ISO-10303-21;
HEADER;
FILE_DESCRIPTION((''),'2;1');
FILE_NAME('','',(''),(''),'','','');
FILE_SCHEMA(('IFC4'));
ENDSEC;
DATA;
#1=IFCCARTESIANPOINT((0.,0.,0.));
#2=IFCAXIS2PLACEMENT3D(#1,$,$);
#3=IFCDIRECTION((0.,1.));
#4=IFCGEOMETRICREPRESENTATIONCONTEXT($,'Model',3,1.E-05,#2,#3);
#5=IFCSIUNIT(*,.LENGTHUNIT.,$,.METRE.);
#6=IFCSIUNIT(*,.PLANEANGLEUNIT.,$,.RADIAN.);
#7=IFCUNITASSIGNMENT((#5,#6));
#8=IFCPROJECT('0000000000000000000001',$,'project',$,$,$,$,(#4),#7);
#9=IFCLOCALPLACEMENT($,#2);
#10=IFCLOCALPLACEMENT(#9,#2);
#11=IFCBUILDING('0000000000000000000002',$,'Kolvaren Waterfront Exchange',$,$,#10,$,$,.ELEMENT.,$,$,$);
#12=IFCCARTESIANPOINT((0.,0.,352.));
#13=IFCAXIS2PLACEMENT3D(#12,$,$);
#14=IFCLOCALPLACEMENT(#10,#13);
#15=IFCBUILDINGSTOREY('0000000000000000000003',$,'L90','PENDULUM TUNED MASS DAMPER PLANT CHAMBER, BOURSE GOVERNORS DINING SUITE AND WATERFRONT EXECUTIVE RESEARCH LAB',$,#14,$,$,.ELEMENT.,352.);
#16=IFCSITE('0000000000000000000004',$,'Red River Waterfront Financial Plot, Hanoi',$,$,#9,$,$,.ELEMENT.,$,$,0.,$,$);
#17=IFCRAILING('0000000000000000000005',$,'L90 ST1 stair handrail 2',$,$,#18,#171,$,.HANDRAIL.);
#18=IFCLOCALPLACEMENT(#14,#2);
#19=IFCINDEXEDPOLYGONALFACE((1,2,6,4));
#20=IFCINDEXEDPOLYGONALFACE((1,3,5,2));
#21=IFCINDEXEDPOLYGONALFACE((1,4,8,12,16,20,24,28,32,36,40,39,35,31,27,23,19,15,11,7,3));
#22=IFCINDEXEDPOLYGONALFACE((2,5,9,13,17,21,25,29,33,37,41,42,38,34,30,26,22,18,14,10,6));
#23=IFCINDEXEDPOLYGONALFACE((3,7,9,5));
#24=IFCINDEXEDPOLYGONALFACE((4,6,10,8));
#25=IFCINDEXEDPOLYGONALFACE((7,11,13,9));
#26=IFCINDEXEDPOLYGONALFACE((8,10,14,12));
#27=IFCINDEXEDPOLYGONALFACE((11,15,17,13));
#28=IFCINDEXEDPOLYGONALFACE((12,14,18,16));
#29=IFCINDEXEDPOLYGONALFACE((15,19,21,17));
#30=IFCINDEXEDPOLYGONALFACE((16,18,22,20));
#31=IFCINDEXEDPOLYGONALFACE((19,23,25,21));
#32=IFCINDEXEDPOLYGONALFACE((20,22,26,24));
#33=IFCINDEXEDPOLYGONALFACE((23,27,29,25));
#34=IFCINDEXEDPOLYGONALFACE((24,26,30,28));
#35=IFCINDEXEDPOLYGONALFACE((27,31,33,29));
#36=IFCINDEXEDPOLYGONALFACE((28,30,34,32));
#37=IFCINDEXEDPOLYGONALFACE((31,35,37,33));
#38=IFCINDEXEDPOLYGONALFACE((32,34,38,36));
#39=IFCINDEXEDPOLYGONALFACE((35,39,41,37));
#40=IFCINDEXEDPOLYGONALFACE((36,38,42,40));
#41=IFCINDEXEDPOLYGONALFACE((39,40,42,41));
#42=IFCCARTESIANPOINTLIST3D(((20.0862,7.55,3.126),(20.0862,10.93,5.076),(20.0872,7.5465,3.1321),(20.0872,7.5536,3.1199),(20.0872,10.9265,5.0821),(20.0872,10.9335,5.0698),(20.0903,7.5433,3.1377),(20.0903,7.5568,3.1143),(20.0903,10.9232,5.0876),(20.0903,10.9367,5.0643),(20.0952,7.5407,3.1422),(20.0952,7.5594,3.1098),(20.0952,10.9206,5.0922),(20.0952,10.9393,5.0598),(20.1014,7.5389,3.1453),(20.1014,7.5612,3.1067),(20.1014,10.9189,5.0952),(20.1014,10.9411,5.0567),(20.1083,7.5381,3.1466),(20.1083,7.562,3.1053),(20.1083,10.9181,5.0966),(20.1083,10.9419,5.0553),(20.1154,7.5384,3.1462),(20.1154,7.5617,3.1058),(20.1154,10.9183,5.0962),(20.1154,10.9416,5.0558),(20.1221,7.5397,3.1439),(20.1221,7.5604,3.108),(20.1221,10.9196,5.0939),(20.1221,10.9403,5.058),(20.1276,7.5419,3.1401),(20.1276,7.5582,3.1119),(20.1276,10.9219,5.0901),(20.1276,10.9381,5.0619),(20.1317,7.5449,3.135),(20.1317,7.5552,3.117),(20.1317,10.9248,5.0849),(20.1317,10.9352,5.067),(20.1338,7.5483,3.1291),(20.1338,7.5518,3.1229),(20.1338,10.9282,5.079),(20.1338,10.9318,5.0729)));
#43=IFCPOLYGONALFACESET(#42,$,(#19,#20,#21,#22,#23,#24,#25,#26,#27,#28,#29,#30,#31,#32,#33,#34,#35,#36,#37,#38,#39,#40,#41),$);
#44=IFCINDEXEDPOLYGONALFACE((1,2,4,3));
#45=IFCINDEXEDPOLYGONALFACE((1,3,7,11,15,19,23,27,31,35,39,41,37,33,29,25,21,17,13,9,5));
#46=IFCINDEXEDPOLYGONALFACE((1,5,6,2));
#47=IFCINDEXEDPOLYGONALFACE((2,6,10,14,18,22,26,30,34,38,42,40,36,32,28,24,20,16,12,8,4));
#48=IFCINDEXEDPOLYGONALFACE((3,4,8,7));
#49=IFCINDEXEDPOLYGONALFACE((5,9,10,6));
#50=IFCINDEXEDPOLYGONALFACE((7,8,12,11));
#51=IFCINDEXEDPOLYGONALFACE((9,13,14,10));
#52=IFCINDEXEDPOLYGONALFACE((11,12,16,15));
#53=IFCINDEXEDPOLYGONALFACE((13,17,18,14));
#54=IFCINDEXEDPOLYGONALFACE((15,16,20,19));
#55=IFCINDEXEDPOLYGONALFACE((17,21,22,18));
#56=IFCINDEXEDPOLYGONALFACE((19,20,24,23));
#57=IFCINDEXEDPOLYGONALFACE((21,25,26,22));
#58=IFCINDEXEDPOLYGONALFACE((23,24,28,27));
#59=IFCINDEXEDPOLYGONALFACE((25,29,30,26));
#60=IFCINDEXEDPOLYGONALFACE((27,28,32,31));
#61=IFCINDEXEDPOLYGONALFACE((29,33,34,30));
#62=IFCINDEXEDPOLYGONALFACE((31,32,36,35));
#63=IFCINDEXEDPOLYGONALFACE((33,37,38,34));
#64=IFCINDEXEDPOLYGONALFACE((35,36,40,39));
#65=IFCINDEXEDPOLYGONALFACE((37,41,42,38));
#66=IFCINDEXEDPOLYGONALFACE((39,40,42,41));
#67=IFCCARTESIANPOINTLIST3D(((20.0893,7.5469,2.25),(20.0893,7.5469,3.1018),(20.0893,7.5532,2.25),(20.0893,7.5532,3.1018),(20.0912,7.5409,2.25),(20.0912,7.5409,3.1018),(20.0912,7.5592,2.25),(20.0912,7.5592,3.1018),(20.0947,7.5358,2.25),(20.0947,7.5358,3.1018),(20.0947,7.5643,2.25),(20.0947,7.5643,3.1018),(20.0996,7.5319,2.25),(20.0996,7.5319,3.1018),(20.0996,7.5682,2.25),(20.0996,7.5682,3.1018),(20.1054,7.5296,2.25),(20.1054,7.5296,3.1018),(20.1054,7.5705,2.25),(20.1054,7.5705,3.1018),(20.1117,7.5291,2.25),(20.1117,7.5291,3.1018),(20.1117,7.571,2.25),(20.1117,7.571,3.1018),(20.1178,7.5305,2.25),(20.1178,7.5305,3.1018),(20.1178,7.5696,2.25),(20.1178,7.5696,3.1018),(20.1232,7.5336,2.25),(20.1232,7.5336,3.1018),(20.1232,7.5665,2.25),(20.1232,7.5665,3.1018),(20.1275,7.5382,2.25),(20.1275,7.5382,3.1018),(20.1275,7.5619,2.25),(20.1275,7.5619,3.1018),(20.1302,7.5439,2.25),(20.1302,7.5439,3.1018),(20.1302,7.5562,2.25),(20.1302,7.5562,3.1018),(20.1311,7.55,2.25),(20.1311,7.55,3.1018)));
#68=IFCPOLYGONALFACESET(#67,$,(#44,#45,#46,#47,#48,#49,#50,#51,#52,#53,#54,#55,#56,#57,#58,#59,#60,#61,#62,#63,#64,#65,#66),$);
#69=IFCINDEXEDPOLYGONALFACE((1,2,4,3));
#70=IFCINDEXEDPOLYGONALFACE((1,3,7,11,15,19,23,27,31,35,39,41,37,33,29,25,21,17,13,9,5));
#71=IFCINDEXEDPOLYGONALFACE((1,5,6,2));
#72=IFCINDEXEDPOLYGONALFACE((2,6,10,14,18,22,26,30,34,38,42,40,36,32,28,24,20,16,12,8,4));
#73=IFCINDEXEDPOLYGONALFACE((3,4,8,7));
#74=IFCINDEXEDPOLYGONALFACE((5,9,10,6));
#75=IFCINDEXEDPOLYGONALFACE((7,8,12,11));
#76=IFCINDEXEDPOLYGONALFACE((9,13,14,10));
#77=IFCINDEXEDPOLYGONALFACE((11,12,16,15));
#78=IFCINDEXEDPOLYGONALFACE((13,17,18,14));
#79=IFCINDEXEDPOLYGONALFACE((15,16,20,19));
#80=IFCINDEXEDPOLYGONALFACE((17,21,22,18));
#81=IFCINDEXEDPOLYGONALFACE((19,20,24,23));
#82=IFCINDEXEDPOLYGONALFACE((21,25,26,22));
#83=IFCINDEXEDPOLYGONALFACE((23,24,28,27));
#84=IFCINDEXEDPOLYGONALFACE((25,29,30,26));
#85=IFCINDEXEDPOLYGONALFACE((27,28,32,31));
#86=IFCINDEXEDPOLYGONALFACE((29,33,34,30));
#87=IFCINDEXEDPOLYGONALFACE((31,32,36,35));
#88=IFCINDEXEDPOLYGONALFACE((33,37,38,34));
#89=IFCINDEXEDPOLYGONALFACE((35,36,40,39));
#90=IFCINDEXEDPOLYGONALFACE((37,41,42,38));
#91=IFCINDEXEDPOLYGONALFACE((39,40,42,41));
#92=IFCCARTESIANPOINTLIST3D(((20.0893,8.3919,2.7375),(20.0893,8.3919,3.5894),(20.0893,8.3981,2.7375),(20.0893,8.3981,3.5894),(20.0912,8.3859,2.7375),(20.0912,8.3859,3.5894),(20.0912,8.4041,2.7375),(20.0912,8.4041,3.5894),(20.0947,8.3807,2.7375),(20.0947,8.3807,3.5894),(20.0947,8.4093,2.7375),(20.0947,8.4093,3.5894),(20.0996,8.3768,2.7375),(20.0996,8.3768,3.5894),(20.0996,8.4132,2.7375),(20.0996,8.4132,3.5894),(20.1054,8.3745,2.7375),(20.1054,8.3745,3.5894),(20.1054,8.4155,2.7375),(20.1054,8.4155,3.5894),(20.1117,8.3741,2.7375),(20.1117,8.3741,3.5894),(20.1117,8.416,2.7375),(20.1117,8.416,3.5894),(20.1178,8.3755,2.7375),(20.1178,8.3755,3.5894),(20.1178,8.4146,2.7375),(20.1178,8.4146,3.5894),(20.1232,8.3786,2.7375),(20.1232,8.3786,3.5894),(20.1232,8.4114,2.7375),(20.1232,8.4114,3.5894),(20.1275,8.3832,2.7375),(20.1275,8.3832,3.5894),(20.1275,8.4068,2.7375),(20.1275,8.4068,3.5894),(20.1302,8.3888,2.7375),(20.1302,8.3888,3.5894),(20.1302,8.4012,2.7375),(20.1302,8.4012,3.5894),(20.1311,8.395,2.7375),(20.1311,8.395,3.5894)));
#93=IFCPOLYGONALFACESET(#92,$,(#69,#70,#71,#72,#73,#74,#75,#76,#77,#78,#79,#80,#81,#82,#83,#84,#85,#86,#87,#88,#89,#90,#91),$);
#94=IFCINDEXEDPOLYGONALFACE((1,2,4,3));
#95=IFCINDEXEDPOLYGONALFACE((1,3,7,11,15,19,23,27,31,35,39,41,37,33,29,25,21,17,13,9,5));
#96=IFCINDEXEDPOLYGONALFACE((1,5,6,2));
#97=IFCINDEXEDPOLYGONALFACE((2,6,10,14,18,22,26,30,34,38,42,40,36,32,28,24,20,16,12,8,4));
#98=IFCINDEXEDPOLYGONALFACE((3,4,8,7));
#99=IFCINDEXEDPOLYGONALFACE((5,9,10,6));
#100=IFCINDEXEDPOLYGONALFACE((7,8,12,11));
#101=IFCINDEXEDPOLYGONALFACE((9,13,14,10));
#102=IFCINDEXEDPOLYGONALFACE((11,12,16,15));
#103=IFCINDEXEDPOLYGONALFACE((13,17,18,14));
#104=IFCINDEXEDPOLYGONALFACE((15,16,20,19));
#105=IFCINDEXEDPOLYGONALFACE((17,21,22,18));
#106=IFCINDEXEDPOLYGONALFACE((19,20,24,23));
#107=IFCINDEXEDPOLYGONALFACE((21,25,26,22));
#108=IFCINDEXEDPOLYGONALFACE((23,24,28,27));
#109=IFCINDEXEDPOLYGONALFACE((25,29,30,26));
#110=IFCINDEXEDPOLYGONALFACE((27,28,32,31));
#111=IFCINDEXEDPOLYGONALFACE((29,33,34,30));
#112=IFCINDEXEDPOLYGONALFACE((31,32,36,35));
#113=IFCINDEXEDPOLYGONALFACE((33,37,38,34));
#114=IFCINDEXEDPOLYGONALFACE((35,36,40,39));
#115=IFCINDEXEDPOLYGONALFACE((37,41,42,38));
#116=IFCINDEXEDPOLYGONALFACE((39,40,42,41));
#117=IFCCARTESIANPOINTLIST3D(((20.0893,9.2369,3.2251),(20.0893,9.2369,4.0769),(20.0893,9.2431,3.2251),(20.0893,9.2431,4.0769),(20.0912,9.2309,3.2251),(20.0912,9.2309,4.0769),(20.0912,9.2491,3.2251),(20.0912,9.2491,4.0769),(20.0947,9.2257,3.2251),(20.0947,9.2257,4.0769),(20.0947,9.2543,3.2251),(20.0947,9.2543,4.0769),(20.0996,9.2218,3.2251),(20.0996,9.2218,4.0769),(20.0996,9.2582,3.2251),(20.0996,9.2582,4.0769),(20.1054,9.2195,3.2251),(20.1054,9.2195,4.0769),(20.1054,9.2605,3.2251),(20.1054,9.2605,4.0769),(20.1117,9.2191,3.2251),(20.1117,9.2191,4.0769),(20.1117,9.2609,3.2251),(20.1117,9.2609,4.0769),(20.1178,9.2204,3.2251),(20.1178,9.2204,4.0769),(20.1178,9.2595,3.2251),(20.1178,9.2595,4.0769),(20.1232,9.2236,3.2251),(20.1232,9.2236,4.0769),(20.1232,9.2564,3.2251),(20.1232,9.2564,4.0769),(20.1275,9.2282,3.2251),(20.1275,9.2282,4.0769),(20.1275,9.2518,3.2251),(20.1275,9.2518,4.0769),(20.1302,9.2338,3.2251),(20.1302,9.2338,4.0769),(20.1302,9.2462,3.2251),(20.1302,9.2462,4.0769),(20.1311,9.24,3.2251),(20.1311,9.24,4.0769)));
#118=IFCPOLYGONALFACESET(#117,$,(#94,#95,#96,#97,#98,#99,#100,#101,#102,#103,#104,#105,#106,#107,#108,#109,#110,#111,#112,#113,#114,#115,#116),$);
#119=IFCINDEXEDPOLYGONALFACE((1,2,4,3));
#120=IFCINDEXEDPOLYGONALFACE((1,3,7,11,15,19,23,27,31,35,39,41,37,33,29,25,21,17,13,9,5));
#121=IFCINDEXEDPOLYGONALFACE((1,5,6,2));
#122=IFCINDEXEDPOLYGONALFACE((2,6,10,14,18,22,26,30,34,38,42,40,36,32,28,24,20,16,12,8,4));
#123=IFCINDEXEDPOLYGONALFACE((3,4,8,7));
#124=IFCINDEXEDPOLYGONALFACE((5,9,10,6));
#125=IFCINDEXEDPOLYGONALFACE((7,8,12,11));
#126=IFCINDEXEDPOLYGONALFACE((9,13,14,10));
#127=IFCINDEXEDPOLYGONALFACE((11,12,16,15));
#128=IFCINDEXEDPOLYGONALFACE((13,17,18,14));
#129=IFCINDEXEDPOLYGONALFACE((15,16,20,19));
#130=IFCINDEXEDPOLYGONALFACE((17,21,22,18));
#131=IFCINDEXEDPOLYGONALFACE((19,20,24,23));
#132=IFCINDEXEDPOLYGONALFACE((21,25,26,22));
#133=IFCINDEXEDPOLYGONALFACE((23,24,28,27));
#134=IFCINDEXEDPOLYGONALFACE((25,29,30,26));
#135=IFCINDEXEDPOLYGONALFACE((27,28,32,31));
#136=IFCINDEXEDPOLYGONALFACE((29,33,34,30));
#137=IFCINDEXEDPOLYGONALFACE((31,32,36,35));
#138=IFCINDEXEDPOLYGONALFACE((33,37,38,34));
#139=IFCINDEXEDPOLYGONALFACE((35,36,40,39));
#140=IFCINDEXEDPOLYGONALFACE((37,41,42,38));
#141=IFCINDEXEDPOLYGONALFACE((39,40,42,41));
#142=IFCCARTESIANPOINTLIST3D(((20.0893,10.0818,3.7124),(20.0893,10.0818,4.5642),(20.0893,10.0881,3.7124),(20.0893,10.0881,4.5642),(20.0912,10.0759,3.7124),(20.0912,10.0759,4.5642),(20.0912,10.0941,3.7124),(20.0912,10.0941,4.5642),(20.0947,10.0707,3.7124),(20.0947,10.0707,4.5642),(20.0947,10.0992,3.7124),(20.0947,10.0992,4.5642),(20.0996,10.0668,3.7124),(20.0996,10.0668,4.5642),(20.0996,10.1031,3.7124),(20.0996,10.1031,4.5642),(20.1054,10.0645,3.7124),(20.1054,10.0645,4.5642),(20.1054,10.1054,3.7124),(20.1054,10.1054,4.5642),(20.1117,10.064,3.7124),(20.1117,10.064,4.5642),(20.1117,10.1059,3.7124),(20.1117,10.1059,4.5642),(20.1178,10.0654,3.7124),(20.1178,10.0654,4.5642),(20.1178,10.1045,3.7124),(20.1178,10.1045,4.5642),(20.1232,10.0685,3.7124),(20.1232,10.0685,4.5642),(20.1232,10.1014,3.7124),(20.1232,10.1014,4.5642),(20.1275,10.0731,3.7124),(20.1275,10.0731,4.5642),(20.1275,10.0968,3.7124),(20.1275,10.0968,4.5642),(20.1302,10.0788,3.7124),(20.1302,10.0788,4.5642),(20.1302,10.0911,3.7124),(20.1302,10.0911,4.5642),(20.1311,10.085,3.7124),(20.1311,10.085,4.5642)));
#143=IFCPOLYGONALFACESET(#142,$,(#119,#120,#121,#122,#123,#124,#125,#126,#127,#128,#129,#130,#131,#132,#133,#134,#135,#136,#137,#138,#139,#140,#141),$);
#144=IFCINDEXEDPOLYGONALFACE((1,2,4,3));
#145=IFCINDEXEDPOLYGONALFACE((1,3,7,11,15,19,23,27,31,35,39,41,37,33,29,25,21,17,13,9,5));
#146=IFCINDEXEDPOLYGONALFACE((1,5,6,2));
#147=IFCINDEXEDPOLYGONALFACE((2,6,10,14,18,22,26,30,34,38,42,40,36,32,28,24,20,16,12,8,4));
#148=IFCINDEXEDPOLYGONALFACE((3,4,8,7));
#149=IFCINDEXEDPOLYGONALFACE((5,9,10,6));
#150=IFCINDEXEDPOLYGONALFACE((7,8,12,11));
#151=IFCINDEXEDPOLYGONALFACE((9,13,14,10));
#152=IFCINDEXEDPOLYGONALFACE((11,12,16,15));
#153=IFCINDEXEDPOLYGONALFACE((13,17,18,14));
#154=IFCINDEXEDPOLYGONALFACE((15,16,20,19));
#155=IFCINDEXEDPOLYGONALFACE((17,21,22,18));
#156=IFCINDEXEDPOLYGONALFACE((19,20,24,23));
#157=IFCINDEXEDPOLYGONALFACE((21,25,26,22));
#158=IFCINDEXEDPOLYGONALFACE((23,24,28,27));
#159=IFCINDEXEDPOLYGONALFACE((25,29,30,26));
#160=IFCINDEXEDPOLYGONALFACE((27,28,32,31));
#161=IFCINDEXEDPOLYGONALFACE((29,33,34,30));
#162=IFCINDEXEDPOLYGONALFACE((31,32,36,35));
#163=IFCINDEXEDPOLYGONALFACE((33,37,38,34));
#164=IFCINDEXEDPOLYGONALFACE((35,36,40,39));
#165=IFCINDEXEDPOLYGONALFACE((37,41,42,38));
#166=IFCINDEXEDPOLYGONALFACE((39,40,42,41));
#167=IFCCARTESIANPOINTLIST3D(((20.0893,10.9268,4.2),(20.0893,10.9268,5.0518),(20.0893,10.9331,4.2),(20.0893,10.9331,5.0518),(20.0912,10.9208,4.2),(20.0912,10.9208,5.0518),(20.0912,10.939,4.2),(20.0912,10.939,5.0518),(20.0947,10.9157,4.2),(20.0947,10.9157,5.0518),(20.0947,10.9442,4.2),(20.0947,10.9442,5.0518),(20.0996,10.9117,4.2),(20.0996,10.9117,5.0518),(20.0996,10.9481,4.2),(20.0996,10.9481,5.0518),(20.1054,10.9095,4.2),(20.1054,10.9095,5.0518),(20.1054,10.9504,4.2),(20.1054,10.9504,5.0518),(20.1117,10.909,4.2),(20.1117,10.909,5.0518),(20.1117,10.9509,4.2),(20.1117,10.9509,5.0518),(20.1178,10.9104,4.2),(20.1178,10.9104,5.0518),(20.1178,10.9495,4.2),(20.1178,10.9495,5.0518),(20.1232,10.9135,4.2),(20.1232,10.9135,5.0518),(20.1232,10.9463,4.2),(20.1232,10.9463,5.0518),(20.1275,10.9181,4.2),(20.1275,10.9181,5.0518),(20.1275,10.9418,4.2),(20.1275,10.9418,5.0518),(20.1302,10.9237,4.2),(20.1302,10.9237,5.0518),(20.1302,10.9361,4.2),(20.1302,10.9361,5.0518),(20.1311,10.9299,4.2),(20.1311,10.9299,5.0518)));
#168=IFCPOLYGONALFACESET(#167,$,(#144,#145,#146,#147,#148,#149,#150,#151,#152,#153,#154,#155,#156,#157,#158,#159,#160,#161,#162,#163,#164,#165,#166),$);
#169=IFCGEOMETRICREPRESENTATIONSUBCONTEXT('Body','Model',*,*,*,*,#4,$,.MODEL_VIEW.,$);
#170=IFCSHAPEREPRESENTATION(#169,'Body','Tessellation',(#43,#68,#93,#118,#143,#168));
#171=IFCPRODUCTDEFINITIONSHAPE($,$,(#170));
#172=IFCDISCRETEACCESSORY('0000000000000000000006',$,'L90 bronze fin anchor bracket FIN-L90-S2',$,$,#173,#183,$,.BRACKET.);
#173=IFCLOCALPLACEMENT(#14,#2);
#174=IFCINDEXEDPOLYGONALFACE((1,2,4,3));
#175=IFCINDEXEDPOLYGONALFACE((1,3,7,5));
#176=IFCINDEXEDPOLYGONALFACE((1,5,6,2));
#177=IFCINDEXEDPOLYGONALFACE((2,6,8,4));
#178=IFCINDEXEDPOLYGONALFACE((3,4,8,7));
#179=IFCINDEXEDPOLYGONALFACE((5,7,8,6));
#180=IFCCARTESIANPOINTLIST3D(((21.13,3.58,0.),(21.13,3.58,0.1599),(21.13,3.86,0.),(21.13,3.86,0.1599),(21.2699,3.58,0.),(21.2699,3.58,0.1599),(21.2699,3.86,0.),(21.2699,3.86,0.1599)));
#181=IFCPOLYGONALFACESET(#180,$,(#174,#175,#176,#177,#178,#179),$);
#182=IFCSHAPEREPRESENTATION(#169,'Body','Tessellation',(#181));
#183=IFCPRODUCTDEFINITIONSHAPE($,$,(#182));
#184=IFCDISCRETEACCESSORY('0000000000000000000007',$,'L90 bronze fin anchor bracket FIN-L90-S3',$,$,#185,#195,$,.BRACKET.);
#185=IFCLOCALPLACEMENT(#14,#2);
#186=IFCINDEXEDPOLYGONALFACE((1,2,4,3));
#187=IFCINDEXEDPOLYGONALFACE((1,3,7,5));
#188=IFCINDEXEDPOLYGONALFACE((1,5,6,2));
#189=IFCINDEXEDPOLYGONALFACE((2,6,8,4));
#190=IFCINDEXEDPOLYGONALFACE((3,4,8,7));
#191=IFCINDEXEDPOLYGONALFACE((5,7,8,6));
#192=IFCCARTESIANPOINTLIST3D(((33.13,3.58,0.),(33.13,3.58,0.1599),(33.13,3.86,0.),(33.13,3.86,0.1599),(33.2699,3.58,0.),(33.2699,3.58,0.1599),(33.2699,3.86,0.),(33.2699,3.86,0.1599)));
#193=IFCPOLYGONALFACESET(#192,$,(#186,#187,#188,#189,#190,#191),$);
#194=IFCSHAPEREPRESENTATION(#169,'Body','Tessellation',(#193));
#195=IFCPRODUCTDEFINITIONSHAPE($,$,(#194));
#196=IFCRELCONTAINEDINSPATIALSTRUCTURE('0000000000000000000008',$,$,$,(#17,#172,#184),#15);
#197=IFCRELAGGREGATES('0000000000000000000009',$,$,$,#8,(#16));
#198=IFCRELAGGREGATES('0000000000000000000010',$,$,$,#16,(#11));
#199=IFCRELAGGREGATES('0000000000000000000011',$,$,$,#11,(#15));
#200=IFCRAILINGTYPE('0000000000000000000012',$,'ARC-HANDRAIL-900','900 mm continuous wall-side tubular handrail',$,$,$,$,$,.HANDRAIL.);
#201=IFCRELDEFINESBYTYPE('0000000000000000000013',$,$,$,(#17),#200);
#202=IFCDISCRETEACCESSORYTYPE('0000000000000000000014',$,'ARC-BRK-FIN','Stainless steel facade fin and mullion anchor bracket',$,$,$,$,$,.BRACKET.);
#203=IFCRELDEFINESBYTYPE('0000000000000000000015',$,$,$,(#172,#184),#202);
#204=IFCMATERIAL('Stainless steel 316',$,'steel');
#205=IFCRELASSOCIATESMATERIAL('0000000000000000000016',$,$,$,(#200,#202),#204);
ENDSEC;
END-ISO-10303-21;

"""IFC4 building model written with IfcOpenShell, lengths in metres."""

from ifc_helpers import new_model, si_unit, direction, frame, origin, origin_with_axes, origin_2d, place, context, subcontext, project, spatial, rectangle, circle, extrude, source, transform, mapped, material, type_object, element, save


model = new_model("IFC4")

# Units and contexts
model_context = context("Model", 3, precision=1e-05, world=origin(), true_north=direction((0.0, 1.0)))
body_context = subcontext(model_context, "Body", "Model", "MODEL_VIEW")
ifc_project = project(units=[si_unit("LENGTHUNIT", "METRE"), si_unit("PLANEANGLEUNIT", "RADIAN")], contexts=[model_context])

# Site, building, storey
site_placement = place(None, origin())
site = spatial("IfcSite", under=ifc_project, at=site_placement, Name="Red River Waterfront Financial Plot, Hanoi", CompositionType="ELEMENT", RefElevation=0.0)
building_placement = place(site_placement, origin())
building = spatial("IfcBuilding", under=site, at=building_placement, Name="Kolvaren Waterfront Exchange", CompositionType="ELEMENT")
storey_placement = place(building_placement, frame((0.0, 0.0, 352.0)))
storey = spatial("IfcBuildingStorey", under=building, at=storey_placement, Name="L90", Description="PENDULUM TUNED MASS DAMPER PLANT CHAMBER, BOURSE GOVERNORS DINING SUITE AND WATERFRONT EXECUTIVE RESEARCH LAB", CompositionType="ELEMENT", Elevation=352.0)

# Railing
ifc_material_1 = material(Name="Stainless steel 316", Category="steel")
railing_type = type_object("IfcRailingType", Name="ARC-HANDRAIL-900", Description="900 mm continuous wall-side tubular handrail", PredefinedType="HANDRAIL", material=ifc_material_1)
railing_placement = place(storey_placement, frame((20.1101, 7.55, 2.25)))
element("IfcRailing", 1, at=railing_placement, inside=storey, type_object=railing_type, Name="L90 ST1 stair handrail 2", PredefinedType="HANDRAIL", context=body_context, shape_type="SweptSolid", body=[
    extrude(circle(Radius=0.0239, at=origin_2d()), frame((0.0, 0.0, 0.876), z_axis=(0.0, 0.866184, 0.499726), x_axis=(-1.0, 0.0, 0.0)), (0.0, 0.0, 1.0), 3.9021),
    extrude(circle(Radius=0.021, at=origin_2d()), origin(), (0.0, 0.0, 1.0), 0.8518),
    extrude(circle(Radius=0.021, at=origin_2d()), frame((0.0, 0.845, 0.4875)), (0.0, 0.0, 1.0), 0.8518),
    extrude(circle(Radius=0.021, at=origin_2d()), frame((0.0, 1.6899, 0.9751)), (0.0, 0.0, 1.0), 0.8518),
    extrude(circle(Radius=0.021, at=origin_2d()), frame((0.0, 2.5349, 1.4624)), (0.0, 0.0, 1.0), 0.8518),
    extrude(circle(Radius=0.021, at=origin_2d()), frame((0.0, 3.3799, 1.95)), (0.0, 0.0, 1.0), 0.8518),
])

# Discrete accessories
discrete_accessory_type = type_object("IfcDiscreteAccessoryType", Name="ARC-BRK-FIN", Description="Stainless steel facade fin and mullion anchor bracket", PredefinedType="BRACKET", material=ifc_material_1)
shared_shape_1 = source(origin_with_axes(), body_context, "Body", "SweptSolid", [
    extrude(rectangle(XDim=0.28, YDim=0.1399, at=origin_2d()), origin(), (0.0, 0.0, 1.0), 0.1599),
])
for number, where, z_axis, x_axis, name in (
    (2, (21.2, 3.72, 0.0), (0.0, 0.0, 1.0), (0.0, -1.0, 0.0), "L90 bronze fin anchor bracket FIN-L90-S2"),
    (3, (33.2, 3.72, 0.0), (0.0, 0.0, 1.0), (0.0, -1.0, 0.0), "L90 bronze fin anchor bracket FIN-L90-S3"),
):
    element("IfcDiscreteAccessory", number, at=place(storey_placement, frame(where, z_axis=z_axis, x_axis=x_axis)), inside=storey, type_object=discrete_accessory_type, Name=name, PredefinedType="BRACKET", context=body_context, shape_type="MappedRepresentation", body=[
        mapped(shared_shape_1, transform((0.0, 0.0, 0.0), x_axis=(1.0, 0.0, 0.0), y_axis=(0.0, 1.0, 0.0), z_axis=(0.0, 0.0, 1.0), scale=1.0)),
    ])

save(model, "model.ifc")
